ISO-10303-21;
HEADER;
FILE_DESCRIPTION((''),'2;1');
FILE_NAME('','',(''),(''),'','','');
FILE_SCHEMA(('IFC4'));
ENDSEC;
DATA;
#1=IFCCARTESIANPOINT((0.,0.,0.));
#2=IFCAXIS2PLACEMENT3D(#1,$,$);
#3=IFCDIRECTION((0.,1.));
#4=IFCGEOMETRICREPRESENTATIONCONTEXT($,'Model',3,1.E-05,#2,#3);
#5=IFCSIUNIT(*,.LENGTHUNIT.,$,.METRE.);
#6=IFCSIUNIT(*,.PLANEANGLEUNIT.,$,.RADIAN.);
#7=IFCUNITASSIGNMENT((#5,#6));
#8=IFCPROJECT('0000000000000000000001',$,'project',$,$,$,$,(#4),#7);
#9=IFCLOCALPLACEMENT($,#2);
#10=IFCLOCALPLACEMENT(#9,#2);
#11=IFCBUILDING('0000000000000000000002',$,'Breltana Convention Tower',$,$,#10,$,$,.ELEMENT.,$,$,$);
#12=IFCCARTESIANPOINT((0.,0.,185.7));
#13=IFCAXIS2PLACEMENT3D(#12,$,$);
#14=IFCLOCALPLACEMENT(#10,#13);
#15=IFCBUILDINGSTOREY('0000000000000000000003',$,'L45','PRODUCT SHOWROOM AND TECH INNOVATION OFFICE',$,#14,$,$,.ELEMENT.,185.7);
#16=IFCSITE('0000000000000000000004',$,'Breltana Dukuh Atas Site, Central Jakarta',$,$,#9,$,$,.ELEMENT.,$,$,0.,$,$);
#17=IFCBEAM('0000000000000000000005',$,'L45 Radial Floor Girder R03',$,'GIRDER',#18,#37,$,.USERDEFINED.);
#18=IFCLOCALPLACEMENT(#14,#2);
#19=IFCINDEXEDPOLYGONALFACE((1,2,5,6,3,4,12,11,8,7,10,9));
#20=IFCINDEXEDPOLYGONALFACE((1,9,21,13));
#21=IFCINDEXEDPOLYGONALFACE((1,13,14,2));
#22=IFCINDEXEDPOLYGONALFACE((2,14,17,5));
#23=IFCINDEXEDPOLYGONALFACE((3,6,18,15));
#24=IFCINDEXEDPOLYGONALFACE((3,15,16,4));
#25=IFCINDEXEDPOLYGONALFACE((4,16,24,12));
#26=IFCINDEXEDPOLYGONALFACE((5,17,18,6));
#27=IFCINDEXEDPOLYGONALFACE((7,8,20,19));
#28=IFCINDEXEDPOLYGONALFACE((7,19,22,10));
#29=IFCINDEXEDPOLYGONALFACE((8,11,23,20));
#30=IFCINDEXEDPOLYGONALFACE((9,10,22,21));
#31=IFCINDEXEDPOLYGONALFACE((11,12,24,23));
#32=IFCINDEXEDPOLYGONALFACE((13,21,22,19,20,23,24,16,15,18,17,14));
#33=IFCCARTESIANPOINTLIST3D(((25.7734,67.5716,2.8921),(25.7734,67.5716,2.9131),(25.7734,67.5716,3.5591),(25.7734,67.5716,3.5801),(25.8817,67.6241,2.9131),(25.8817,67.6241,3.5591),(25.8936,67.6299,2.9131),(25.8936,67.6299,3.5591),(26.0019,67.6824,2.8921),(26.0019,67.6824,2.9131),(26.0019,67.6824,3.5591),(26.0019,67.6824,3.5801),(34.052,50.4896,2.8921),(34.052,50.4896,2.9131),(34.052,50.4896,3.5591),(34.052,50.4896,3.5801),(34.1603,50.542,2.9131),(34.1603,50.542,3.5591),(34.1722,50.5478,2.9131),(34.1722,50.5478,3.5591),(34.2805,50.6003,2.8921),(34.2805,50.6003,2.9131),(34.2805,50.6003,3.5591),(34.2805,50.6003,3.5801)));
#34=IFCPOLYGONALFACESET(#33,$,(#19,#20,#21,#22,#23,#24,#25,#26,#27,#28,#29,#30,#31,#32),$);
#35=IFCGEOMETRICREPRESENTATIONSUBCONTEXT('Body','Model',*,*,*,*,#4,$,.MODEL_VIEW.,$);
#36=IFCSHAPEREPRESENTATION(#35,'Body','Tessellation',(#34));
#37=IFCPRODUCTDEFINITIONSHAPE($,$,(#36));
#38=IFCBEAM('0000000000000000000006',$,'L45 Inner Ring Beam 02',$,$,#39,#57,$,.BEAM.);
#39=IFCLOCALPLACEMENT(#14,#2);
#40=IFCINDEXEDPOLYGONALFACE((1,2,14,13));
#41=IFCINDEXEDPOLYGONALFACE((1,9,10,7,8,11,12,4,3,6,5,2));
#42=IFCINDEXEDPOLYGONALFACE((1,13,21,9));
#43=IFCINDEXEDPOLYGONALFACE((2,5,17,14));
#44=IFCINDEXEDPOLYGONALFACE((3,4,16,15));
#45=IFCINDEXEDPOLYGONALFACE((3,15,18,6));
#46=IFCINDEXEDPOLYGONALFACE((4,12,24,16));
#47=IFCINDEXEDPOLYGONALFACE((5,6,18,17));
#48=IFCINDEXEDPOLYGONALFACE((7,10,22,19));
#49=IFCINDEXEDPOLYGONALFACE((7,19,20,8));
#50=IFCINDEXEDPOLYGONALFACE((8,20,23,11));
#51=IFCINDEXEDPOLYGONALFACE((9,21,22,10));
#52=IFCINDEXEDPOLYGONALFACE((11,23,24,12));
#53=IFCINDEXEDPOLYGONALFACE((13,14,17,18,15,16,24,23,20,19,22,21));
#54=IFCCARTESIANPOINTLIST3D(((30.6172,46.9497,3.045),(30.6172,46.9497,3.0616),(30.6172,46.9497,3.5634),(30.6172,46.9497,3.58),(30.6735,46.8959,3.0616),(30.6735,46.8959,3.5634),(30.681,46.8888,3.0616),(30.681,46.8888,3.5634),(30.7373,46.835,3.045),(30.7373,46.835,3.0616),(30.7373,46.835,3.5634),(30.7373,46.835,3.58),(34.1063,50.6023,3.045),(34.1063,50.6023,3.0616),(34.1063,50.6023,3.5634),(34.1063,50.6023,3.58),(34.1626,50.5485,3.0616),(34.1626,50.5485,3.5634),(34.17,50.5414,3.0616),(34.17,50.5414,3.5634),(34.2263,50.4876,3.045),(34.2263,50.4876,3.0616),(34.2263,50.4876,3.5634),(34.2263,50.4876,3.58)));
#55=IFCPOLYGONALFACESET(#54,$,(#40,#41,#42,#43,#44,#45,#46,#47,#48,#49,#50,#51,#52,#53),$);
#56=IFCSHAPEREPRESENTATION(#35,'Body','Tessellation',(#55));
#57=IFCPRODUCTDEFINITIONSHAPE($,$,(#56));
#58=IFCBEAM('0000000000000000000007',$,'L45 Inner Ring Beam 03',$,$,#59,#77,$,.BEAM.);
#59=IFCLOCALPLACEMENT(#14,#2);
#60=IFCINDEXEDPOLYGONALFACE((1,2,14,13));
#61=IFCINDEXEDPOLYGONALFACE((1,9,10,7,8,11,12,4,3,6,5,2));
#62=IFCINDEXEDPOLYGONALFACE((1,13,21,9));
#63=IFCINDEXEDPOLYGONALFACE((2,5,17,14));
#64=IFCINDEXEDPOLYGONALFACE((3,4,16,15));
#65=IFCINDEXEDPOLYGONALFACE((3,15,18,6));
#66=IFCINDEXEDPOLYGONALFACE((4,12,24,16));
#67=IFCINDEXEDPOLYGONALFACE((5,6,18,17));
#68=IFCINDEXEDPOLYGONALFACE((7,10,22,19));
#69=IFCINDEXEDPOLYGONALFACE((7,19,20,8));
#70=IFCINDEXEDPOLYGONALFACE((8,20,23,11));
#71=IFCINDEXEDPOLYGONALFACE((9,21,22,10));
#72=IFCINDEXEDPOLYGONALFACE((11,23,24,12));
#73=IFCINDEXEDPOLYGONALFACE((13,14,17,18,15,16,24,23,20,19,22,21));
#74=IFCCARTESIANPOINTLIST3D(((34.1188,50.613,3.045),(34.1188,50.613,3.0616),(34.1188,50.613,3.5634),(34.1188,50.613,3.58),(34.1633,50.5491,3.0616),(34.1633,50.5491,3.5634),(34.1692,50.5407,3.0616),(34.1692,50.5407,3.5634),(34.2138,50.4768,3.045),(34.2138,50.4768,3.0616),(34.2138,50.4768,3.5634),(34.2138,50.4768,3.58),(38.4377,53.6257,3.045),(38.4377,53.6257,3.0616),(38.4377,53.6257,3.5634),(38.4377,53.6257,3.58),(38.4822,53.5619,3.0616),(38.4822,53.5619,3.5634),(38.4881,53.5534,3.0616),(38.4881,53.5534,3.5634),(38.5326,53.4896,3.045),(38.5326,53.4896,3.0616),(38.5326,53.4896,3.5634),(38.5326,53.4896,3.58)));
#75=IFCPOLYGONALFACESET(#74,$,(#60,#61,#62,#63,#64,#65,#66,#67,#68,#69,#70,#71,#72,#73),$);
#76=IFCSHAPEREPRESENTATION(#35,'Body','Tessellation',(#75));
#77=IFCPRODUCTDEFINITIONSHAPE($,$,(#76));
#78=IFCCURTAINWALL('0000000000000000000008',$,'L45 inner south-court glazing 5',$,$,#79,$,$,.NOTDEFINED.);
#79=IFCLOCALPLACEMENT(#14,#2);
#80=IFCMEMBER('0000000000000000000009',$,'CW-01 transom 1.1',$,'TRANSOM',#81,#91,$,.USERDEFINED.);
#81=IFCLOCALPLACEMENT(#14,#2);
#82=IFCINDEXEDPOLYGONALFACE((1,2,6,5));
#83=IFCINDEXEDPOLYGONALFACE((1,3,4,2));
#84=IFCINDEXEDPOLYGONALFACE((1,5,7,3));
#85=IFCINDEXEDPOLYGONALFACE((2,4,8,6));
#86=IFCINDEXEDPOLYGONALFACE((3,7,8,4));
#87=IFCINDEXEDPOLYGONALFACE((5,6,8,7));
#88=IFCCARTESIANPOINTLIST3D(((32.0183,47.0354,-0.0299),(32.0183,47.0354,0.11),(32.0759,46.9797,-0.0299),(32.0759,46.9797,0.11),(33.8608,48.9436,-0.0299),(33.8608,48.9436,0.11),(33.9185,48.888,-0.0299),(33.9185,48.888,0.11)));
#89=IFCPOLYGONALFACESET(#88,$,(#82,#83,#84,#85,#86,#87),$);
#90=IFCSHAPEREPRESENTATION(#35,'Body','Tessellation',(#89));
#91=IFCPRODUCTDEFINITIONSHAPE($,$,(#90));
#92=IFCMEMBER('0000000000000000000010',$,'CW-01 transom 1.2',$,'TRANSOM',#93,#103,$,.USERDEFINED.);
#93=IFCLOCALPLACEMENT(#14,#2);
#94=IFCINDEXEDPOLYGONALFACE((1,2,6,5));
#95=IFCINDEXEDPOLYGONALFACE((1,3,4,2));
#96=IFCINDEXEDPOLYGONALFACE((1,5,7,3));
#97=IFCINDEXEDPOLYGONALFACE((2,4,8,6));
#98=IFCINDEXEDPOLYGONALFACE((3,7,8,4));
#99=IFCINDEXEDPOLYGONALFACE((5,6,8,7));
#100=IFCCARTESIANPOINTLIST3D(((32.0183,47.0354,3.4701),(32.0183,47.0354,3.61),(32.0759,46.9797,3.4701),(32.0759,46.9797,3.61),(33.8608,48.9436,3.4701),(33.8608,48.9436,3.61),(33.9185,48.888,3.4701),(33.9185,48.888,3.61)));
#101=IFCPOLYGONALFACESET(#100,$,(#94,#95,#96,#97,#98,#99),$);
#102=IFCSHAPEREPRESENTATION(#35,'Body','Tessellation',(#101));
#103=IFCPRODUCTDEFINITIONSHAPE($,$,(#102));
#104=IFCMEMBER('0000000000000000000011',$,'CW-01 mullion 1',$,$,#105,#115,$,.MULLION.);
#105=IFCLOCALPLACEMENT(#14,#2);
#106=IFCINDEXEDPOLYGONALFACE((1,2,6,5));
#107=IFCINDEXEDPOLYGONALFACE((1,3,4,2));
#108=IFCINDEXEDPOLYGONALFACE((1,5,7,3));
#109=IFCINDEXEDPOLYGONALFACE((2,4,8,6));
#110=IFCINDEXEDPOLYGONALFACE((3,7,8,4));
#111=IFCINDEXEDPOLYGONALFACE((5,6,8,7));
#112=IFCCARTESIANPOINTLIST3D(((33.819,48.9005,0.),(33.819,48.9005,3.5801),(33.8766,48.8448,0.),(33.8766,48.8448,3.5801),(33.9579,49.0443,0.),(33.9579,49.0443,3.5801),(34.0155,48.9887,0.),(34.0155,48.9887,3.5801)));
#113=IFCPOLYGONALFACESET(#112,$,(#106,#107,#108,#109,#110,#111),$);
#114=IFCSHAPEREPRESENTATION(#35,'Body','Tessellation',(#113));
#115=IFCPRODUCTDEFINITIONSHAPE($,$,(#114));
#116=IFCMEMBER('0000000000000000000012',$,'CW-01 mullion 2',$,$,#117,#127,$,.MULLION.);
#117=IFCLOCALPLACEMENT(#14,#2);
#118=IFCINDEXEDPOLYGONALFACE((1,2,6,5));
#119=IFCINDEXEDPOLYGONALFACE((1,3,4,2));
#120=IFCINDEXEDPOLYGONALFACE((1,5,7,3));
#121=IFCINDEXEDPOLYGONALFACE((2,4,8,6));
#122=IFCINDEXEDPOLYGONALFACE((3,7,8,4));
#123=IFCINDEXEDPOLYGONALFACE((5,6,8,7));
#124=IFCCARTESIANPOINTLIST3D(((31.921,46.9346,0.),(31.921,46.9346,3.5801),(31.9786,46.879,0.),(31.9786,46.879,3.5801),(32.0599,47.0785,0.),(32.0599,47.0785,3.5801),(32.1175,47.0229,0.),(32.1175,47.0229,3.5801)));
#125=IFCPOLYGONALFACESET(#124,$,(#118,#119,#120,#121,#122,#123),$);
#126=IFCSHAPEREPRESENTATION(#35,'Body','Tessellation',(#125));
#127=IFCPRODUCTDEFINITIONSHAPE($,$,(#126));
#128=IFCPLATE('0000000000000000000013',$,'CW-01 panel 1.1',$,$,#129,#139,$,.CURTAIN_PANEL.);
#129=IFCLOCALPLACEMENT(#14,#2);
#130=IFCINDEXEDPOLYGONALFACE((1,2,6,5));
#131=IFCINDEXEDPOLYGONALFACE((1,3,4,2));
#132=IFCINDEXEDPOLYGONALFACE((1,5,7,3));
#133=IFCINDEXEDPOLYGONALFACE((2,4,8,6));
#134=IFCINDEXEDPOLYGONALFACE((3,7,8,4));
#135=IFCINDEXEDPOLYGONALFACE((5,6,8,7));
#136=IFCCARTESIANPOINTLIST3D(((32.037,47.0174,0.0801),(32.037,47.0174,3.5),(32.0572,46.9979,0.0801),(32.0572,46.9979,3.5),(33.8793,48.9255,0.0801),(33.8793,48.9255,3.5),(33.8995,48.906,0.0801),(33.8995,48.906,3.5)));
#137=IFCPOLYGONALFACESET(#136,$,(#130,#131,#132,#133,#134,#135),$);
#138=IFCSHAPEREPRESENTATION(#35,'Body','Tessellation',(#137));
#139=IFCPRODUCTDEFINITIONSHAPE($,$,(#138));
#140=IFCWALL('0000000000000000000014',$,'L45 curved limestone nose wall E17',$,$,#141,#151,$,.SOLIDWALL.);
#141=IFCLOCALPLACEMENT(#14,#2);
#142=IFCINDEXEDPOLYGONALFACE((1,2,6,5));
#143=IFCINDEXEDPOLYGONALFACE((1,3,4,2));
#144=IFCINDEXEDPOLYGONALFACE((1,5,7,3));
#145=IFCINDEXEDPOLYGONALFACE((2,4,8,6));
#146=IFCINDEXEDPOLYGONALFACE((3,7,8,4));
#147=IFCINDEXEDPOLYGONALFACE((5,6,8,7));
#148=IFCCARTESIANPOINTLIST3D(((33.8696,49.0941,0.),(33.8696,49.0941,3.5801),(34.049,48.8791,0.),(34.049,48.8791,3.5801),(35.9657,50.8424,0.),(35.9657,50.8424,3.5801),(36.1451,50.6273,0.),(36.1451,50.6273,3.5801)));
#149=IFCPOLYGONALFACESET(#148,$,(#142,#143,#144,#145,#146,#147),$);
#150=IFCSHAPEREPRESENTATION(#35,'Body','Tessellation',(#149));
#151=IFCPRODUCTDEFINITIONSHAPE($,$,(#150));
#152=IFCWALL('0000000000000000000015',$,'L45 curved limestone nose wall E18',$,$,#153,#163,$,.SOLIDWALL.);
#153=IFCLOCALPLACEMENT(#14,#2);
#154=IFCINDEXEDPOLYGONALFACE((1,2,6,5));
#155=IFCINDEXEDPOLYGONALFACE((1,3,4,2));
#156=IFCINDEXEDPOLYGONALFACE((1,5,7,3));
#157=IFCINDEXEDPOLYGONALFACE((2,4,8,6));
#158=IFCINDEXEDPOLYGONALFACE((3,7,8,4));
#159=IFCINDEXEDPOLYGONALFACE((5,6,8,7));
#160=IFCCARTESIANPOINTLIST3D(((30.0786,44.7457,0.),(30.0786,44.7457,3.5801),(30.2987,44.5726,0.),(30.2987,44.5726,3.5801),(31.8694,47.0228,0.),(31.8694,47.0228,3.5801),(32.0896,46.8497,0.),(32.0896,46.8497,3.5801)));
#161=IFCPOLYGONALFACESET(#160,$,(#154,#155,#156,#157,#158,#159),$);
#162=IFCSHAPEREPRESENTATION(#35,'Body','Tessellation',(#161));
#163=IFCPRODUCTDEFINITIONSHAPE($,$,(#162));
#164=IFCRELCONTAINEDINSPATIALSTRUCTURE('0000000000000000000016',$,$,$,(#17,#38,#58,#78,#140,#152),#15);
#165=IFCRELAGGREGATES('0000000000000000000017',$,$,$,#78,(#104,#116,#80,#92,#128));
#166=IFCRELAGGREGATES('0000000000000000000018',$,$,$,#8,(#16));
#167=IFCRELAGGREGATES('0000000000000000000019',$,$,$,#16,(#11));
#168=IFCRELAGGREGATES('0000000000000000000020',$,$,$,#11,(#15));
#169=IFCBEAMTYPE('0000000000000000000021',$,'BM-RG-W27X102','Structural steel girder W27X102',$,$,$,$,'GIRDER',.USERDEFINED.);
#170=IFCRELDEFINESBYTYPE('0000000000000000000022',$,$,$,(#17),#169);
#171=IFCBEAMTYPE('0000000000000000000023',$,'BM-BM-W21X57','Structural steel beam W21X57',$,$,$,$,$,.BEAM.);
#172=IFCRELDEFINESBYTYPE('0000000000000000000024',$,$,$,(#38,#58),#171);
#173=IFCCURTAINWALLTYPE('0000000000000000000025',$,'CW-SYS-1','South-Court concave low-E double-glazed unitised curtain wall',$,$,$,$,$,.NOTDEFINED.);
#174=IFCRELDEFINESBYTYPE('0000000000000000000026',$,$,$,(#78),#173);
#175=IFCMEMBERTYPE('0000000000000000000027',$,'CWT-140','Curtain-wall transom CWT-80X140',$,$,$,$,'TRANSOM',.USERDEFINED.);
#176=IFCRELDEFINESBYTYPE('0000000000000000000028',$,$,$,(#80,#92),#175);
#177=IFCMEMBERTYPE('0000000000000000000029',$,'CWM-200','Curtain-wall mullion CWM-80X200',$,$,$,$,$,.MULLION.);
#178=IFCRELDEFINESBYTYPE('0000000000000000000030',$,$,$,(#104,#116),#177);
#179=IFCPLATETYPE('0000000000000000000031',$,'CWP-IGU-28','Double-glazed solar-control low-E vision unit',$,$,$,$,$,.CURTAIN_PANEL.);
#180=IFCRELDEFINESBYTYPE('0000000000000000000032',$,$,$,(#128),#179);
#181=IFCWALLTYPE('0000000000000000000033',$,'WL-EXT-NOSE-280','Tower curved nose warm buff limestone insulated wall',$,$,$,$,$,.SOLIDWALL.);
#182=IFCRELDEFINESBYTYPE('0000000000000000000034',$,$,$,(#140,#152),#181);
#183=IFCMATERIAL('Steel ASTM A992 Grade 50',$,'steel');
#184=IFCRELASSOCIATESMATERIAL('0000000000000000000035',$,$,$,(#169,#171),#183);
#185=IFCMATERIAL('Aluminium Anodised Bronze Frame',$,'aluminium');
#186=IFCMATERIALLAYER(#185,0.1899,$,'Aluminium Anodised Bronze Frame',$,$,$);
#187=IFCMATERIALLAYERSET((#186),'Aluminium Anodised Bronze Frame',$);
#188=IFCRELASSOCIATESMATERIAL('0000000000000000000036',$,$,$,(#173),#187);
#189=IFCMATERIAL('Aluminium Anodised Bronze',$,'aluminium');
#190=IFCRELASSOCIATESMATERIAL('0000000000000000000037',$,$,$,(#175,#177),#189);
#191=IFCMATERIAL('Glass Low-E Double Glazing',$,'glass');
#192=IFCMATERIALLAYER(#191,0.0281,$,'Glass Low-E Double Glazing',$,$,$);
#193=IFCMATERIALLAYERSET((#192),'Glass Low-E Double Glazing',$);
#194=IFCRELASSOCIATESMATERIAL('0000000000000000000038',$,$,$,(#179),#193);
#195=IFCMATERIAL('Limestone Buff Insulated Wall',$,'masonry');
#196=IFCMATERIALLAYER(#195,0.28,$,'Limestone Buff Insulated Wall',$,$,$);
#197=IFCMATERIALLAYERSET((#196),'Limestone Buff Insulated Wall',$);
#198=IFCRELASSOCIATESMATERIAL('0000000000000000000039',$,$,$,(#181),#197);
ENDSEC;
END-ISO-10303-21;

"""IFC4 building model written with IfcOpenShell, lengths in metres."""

from ifc_helpers import new_model, si_unit, direction, frame, frame_2d, origin, origin_2d, place, context, subcontext, project, spatial, rectangle, i_section, extrude, source, transform, mapped, material, layer, layer_set, material_profile, profile_set, type_object, element, aggregate, save


model = new_model("IFC4")

# Units and contexts
model_context = context("Model", 3, precision=1e-05, world=origin(), true_north=direction((0.0, 1.0)))
body_context = subcontext(model_context, "Body", "Model", "MODEL_VIEW")
ifc_project = project(units=[si_unit("LENGTHUNIT", "METRE"), si_unit("PLANEANGLEUNIT", "RADIAN")], contexts=[model_context])

# Site, building, storey
site_placement = place(None, origin())
site = spatial("IfcSite", under=ifc_project, at=site_placement, Name="Breltana Dukuh Atas Site, Central Jakarta", CompositionType="ELEMENT", RefElevation=0.0)
building_placement = place(site_placement, origin())
building = spatial("IfcBuilding", under=site, at=building_placement, Name="Breltana Convention Tower", CompositionType="ELEMENT")
storey_placement = place(building_placement, frame((0.0, 0.0, 185.7)))
storey = spatial("IfcBuildingStorey", under=building, at=storey_placement, Name="L45", Description="PRODUCT SHOWROOM AND TECH INNOVATION OFFICE", CompositionType="ELEMENT", Elevation=185.7)

# Beams
ifc_material_1 = material(Name="Steel ASTM A992 Grade 50", Category="steel")
ifc_material_profile_1 = material_profile(ifc_material_1, i_section(OverallWidth=0.2539, OverallDepth=0.688, WebThickness=0.0132, FlangeThickness=0.021, at=origin_2d()), Name="W27X102")
ifc_profile_set_1 = profile_set([ifc_material_profile_1], Name="Steel ASTM A992 Grade 50")
beam_type_1 = type_object("IfcBeamType", Name="BM-RG-W27X102", Description="Structural steel girder W27X102", ElementType="GIRDER", PredefinedType="USERDEFINED", material=ifc_profile_set_1)
shared_shape_1 = source(origin(), body_context, "Body", "SweptSolid", [
    extrude(i_section(OverallWidth=0.2539, OverallDepth=0.688, WebThickness=0.0132, FlangeThickness=0.021, at=origin_2d()), origin(), (0.0, 0.0, 1.0), 18.9824),
])
beam_1_placement = place(storey_placement, frame((34.1663, 50.5449, 3.2361), z_axis=(-0.436119, 0.899889, 0.0), x_axis=(-0.899889, -0.436119, 0.0)))
element("IfcBeam", 1, at=beam_1_placement, inside=storey, type_object=beam_type_1, Name="L45 Radial Floor Girder R03", ObjectType="GIRDER", PredefinedType="USERDEFINED", context=body_context, shape_type="MappedRepresentation", body=[
    mapped(shared_shape_1, transform((0.0, 0.0, 0.0), scale=1.0)),
])
ifc_material_profile_2 = material_profile(ifc_material_1, i_section(OverallWidth=0.166, OverallDepth=0.5349, WebThickness=0.0103, FlangeThickness=0.0166, at=origin_2d()), Name="W21X57")
ifc_profile_set_2 = profile_set([ifc_material_profile_2], Name="Steel ASTM A992 Grade 50")
beam_type_2 = type_object("IfcBeamType", Name="BM-BM-W21X57", Description="Structural steel beam W21X57", PredefinedType="BEAM", material=ifc_profile_set_2)
shared_shape_2 = source(origin(), body_context, "Body", "SweptSolid", [
    extrude(i_section(OverallWidth=0.166, OverallDepth=0.5349, WebThickness=0.0103, FlangeThickness=0.0166, at=origin_2d()), origin(), (0.0, 0.0, 1.0), 5.0513),
])
beam_2_placement = place(storey_placement, frame((30.6772, 46.8923, 3.3125), z_axis=(0.69073, 0.723113, 0.0), x_axis=(-0.723113, 0.69073, 0.0)))
element("IfcBeam", 2, at=beam_2_placement, inside=storey, type_object=beam_type_2, Name="L45 Inner Ring Beam 02", PredefinedType="BEAM", context=body_context, shape_type="MappedRepresentation", body=[
    mapped(shared_shape_2, transform((0.0, 0.0, 0.0), scale=1.0)),
])
shared_shape_3 = source(origin(), body_context, "Body", "SweptSolid", [
    extrude(i_section(OverallWidth=0.166, OverallDepth=0.5349, WebThickness=0.0103, FlangeThickness=0.0166, at=origin_2d()), origin(), (0.0, 0.0, 1.0), 5.2659),
])
beam_3_placement = place(storey_placement, frame((34.1663, 50.5449, 3.3125), z_axis=(0.820167, 0.572124, 0.0), x_axis=(-0.572124, 0.820167, 0.0)))
element("IfcBeam", 3, at=beam_3_placement, inside=storey, type_object=beam_type_2, Name="L45 Inner Ring Beam 03", PredefinedType="BEAM", context=body_context, shape_type="MappedRepresentation", body=[
    mapped(shared_shape_3, transform((0.0, 0.0, 0.0), scale=1.0)),
])

# Curtain wall, members, plate
ifc_material_2 = material(Name="Aluminium Anodised Bronze Frame", Category="aluminium")
ifc_layer_1 = layer(ifc_material_2, 0.1899, Name="Aluminium Anodised Bronze Frame")
ifc_layer_set_1 = layer_set([ifc_layer_1], Name="Aluminium Anodised Bronze Frame")
curtain_wall_type = type_object("IfcCurtainWallType", Name="CW-SYS-1", Description="South-Court concave low-E double-glazed unitised curtain wall", PredefinedType="NOTDEFINED", material=ifc_layer_set_1)
curtain_wall_placement = place(storey_placement, origin())
curtain_wall = element("IfcCurtainWall", 4, at=curtain_wall_placement, inside=storey, type_object=curtain_wall_type, Name="L45 inner south-court glazing 5", PredefinedType="NOTDEFINED")
ifc_material_3 = material(Name="Aluminium Anodised Bronze", Category="aluminium")
ifc_material_profile_3 = material_profile(ifc_material_3, rectangle(XDim=0.0801, YDim=0.1399, at=origin_2d()), Name="CWT-80X140")
ifc_profile_set_3 = profile_set([ifc_material_profile_3], Name="Aluminium Anodised Bronze")
member_type_1 = type_object("IfcMemberType", Name="CWT-140", Description="Curtain-wall transom CWT-80X140", ElementType="TRANSOM", PredefinedType="USERDEFINED", material=ifc_profile_set_3)
shared_shape_4 = source(origin(), body_context, "Body", "SweptSolid", [
    extrude(rectangle(XDim=0.0801, YDim=0.1399, at=origin_2d()), origin(), (0.0, 0.0, 1.0), 2.6526),
])
member_1_placement = place(storey_placement, frame((33.8896, 48.9158, 0.04), z_axis=(-0.694619, -0.719378, 0.0), x_axis=(0.719378, -0.694619, 0.0)))
member_1 = element("IfcMember", 5, at=member_1_placement, type_object=member_type_1, Name="CW-01 transom 1.1", ObjectType="TRANSOM", PredefinedType="USERDEFINED", context=body_context, shape_type="MappedRepresentation", body=[
    mapped(shared_shape_4, transform((0.0, 0.0, 0.0), scale=1.0)),
])
member_2_placement = place(storey_placement, frame((33.8896, 48.9158, 3.54), z_axis=(-0.694619, -0.719378, 0.0), x_axis=(0.719378, -0.694619, 0.0)))
member_2 = element("IfcMember", 6, at=member_2_placement, type_object=member_type_1, Name="CW-01 transom 1.2", ObjectType="TRANSOM", PredefinedType="USERDEFINED", context=body_context, shape_type="MappedRepresentation", body=[
    mapped(shared_shape_4, transform((0.0, 0.0, 0.0), scale=1.0)),
])
ifc_material_profile_4 = material_profile(ifc_material_3, rectangle(XDim=0.0801, YDim=0.2, at=origin_2d()), Name="CWM-80X200")
ifc_profile_set_4 = profile_set([ifc_material_profile_4], Name="Aluminium Anodised Bronze")
member_type_2 = type_object("IfcMemberType", Name="CWM-200", Description="Curtain-wall mullion CWM-80X200", PredefinedType="MULLION", material=ifc_profile_set_4)
shared_shape_5 = source(origin(), body_context, "Body", "SweptSolid", [
    extrude(rectangle(XDim=0.0801, YDim=0.2, at=origin_2d()), origin(), (0.0, 0.0, 1.0), 3.5801),
])
member_3_placement = place(storey_placement, frame((33.9172, 48.9446, 0.0), z_axis=(0.0, 0.0, 1.0), x_axis=(0.71939, -0.694607, 0.0)))
member_3 = element("IfcMember", 7, at=member_3_placement, type_object=member_type_2, Name="CW-01 mullion 1", PredefinedType="MULLION", context=body_context, shape_type="MappedRepresentation", body=[
    mapped(shared_shape_5, transform((0.0, 0.0, 0.0), scale=1.0)),
])
member_4_placement = place(storey_placement, frame((32.0193, 46.9788, 0.0), z_axis=(0.0, 0.0, 1.0), x_axis=(0.71939, -0.694607, 0.0)))
member_4 = element("IfcMember", 8, at=member_4_placement, type_object=member_type_2, Name="CW-01 mullion 2", PredefinedType="MULLION", context=body_context, shape_type="MappedRepresentation", body=[
    mapped(shared_shape_5, transform((0.0, 0.0, 0.0), scale=1.0)),
])
ifc_material_4 = material(Name="Glass Low-E Double Glazing", Category="glass")
ifc_layer_2 = layer(ifc_material_4, 0.0281, Name="Glass Low-E Double Glazing")
ifc_layer_set_2 = layer_set([ifc_layer_2], Name="Glass Low-E Double Glazing")
plate_type = type_object("IfcPlateType", Name="CWP-IGU-28", Description="Double-glazed solar-control low-E vision unit", PredefinedType="CURTAIN_PANEL", material=ifc_layer_set_2)
shared_shape_6 = source(origin(), body_context, "Body", "SweptSolid", [
    extrude(rectangle(XDim=2.6523, YDim=0.0281, at=origin_2d()), origin(), (0.0, 0.0, 1.0), 3.4199),
])
plate_placement = place(storey_placement, frame((32.9683, 47.9617, 0.0801), z_axis=(0.0, 0.0, 1.0), x_axis=(-0.694607, -0.71939, 0.0)))
plate = element("IfcPlate", 9, at=plate_placement, type_object=plate_type, Name="CW-01 panel 1.1", PredefinedType="CURTAIN_PANEL", context=body_context, shape_type="MappedRepresentation", body=[
    mapped(shared_shape_6, transform((0.0, 0.0, 0.0), scale=1.0)),
])
aggregate(curtain_wall, [member_3, member_4, member_1, member_2, plate])

# Walls
ifc_material_5 = material(Name="Limestone Buff Insulated Wall", Category="masonry")
ifc_layer_3 = layer(ifc_material_5, 0.28, Name="Limestone Buff Insulated Wall")
ifc_layer_set_3 = layer_set([ifc_layer_3], Name="Limestone Buff Insulated Wall")
wall_type_1 = type_object("IfcWallType", Name="WL-EXT-NOSE-280", Description="Tower curved nose warm buff limestone insulated wall", PredefinedType="SOLIDWALL", material=ifc_layer_set_3)
shared_shape_7 = source(origin(), body_context, "Body", "SweptSolid", [
    extrude(rectangle(XDim=2.7295, YDim=0.28, at=frame_2d((1.3647, 0.0))), origin(), (0.0, 0.0, 1.0), 3.5801),
])
wall_1_placement = place(storey_placement, frame((36.0554, 50.7349, 0.0), z_axis=(0.0, 0.0, 1.0), x_axis=(-0.767957, -0.640501, 0.0)))
element("IfcWall", 10, at=wall_1_placement, inside=storey, type_object=wall_type_1, Name="L45 curved limestone nose wall E17", PredefinedType="SOLIDWALL", context=body_context, shape_type="MappedRepresentation", body=[
    mapped(shared_shape_7, transform((0.0, 0.0, 0.0), scale=1.0)),
])
shared_shape_8 = source(origin(), body_context, "Body", "SweptSolid", [
    extrude(rectangle(XDim=2.897, YDim=0.28, at=frame_2d((1.4485, 0.0))), origin(), (0.0, 0.0, 1.0), 3.5801),
])
wall_2_placement = place(storey_placement, frame((31.9795, 46.9363, 0.0), z_axis=(0.0, 0.0, 1.0), x_axis=(-0.618168, -0.786046, 0.0)))
element("IfcWall", 11, at=wall_2_placement, inside=storey, type_object=wall_type_1, Name="L45 curved limestone nose wall E18", PredefinedType="SOLIDWALL", context=body_context, shape_type="MappedRepresentation", body=[
    mapped(shared_shape_8, transform((0.0, 0.0, 0.0), scale=1.0)),
])

save(model, "model.ifc")
